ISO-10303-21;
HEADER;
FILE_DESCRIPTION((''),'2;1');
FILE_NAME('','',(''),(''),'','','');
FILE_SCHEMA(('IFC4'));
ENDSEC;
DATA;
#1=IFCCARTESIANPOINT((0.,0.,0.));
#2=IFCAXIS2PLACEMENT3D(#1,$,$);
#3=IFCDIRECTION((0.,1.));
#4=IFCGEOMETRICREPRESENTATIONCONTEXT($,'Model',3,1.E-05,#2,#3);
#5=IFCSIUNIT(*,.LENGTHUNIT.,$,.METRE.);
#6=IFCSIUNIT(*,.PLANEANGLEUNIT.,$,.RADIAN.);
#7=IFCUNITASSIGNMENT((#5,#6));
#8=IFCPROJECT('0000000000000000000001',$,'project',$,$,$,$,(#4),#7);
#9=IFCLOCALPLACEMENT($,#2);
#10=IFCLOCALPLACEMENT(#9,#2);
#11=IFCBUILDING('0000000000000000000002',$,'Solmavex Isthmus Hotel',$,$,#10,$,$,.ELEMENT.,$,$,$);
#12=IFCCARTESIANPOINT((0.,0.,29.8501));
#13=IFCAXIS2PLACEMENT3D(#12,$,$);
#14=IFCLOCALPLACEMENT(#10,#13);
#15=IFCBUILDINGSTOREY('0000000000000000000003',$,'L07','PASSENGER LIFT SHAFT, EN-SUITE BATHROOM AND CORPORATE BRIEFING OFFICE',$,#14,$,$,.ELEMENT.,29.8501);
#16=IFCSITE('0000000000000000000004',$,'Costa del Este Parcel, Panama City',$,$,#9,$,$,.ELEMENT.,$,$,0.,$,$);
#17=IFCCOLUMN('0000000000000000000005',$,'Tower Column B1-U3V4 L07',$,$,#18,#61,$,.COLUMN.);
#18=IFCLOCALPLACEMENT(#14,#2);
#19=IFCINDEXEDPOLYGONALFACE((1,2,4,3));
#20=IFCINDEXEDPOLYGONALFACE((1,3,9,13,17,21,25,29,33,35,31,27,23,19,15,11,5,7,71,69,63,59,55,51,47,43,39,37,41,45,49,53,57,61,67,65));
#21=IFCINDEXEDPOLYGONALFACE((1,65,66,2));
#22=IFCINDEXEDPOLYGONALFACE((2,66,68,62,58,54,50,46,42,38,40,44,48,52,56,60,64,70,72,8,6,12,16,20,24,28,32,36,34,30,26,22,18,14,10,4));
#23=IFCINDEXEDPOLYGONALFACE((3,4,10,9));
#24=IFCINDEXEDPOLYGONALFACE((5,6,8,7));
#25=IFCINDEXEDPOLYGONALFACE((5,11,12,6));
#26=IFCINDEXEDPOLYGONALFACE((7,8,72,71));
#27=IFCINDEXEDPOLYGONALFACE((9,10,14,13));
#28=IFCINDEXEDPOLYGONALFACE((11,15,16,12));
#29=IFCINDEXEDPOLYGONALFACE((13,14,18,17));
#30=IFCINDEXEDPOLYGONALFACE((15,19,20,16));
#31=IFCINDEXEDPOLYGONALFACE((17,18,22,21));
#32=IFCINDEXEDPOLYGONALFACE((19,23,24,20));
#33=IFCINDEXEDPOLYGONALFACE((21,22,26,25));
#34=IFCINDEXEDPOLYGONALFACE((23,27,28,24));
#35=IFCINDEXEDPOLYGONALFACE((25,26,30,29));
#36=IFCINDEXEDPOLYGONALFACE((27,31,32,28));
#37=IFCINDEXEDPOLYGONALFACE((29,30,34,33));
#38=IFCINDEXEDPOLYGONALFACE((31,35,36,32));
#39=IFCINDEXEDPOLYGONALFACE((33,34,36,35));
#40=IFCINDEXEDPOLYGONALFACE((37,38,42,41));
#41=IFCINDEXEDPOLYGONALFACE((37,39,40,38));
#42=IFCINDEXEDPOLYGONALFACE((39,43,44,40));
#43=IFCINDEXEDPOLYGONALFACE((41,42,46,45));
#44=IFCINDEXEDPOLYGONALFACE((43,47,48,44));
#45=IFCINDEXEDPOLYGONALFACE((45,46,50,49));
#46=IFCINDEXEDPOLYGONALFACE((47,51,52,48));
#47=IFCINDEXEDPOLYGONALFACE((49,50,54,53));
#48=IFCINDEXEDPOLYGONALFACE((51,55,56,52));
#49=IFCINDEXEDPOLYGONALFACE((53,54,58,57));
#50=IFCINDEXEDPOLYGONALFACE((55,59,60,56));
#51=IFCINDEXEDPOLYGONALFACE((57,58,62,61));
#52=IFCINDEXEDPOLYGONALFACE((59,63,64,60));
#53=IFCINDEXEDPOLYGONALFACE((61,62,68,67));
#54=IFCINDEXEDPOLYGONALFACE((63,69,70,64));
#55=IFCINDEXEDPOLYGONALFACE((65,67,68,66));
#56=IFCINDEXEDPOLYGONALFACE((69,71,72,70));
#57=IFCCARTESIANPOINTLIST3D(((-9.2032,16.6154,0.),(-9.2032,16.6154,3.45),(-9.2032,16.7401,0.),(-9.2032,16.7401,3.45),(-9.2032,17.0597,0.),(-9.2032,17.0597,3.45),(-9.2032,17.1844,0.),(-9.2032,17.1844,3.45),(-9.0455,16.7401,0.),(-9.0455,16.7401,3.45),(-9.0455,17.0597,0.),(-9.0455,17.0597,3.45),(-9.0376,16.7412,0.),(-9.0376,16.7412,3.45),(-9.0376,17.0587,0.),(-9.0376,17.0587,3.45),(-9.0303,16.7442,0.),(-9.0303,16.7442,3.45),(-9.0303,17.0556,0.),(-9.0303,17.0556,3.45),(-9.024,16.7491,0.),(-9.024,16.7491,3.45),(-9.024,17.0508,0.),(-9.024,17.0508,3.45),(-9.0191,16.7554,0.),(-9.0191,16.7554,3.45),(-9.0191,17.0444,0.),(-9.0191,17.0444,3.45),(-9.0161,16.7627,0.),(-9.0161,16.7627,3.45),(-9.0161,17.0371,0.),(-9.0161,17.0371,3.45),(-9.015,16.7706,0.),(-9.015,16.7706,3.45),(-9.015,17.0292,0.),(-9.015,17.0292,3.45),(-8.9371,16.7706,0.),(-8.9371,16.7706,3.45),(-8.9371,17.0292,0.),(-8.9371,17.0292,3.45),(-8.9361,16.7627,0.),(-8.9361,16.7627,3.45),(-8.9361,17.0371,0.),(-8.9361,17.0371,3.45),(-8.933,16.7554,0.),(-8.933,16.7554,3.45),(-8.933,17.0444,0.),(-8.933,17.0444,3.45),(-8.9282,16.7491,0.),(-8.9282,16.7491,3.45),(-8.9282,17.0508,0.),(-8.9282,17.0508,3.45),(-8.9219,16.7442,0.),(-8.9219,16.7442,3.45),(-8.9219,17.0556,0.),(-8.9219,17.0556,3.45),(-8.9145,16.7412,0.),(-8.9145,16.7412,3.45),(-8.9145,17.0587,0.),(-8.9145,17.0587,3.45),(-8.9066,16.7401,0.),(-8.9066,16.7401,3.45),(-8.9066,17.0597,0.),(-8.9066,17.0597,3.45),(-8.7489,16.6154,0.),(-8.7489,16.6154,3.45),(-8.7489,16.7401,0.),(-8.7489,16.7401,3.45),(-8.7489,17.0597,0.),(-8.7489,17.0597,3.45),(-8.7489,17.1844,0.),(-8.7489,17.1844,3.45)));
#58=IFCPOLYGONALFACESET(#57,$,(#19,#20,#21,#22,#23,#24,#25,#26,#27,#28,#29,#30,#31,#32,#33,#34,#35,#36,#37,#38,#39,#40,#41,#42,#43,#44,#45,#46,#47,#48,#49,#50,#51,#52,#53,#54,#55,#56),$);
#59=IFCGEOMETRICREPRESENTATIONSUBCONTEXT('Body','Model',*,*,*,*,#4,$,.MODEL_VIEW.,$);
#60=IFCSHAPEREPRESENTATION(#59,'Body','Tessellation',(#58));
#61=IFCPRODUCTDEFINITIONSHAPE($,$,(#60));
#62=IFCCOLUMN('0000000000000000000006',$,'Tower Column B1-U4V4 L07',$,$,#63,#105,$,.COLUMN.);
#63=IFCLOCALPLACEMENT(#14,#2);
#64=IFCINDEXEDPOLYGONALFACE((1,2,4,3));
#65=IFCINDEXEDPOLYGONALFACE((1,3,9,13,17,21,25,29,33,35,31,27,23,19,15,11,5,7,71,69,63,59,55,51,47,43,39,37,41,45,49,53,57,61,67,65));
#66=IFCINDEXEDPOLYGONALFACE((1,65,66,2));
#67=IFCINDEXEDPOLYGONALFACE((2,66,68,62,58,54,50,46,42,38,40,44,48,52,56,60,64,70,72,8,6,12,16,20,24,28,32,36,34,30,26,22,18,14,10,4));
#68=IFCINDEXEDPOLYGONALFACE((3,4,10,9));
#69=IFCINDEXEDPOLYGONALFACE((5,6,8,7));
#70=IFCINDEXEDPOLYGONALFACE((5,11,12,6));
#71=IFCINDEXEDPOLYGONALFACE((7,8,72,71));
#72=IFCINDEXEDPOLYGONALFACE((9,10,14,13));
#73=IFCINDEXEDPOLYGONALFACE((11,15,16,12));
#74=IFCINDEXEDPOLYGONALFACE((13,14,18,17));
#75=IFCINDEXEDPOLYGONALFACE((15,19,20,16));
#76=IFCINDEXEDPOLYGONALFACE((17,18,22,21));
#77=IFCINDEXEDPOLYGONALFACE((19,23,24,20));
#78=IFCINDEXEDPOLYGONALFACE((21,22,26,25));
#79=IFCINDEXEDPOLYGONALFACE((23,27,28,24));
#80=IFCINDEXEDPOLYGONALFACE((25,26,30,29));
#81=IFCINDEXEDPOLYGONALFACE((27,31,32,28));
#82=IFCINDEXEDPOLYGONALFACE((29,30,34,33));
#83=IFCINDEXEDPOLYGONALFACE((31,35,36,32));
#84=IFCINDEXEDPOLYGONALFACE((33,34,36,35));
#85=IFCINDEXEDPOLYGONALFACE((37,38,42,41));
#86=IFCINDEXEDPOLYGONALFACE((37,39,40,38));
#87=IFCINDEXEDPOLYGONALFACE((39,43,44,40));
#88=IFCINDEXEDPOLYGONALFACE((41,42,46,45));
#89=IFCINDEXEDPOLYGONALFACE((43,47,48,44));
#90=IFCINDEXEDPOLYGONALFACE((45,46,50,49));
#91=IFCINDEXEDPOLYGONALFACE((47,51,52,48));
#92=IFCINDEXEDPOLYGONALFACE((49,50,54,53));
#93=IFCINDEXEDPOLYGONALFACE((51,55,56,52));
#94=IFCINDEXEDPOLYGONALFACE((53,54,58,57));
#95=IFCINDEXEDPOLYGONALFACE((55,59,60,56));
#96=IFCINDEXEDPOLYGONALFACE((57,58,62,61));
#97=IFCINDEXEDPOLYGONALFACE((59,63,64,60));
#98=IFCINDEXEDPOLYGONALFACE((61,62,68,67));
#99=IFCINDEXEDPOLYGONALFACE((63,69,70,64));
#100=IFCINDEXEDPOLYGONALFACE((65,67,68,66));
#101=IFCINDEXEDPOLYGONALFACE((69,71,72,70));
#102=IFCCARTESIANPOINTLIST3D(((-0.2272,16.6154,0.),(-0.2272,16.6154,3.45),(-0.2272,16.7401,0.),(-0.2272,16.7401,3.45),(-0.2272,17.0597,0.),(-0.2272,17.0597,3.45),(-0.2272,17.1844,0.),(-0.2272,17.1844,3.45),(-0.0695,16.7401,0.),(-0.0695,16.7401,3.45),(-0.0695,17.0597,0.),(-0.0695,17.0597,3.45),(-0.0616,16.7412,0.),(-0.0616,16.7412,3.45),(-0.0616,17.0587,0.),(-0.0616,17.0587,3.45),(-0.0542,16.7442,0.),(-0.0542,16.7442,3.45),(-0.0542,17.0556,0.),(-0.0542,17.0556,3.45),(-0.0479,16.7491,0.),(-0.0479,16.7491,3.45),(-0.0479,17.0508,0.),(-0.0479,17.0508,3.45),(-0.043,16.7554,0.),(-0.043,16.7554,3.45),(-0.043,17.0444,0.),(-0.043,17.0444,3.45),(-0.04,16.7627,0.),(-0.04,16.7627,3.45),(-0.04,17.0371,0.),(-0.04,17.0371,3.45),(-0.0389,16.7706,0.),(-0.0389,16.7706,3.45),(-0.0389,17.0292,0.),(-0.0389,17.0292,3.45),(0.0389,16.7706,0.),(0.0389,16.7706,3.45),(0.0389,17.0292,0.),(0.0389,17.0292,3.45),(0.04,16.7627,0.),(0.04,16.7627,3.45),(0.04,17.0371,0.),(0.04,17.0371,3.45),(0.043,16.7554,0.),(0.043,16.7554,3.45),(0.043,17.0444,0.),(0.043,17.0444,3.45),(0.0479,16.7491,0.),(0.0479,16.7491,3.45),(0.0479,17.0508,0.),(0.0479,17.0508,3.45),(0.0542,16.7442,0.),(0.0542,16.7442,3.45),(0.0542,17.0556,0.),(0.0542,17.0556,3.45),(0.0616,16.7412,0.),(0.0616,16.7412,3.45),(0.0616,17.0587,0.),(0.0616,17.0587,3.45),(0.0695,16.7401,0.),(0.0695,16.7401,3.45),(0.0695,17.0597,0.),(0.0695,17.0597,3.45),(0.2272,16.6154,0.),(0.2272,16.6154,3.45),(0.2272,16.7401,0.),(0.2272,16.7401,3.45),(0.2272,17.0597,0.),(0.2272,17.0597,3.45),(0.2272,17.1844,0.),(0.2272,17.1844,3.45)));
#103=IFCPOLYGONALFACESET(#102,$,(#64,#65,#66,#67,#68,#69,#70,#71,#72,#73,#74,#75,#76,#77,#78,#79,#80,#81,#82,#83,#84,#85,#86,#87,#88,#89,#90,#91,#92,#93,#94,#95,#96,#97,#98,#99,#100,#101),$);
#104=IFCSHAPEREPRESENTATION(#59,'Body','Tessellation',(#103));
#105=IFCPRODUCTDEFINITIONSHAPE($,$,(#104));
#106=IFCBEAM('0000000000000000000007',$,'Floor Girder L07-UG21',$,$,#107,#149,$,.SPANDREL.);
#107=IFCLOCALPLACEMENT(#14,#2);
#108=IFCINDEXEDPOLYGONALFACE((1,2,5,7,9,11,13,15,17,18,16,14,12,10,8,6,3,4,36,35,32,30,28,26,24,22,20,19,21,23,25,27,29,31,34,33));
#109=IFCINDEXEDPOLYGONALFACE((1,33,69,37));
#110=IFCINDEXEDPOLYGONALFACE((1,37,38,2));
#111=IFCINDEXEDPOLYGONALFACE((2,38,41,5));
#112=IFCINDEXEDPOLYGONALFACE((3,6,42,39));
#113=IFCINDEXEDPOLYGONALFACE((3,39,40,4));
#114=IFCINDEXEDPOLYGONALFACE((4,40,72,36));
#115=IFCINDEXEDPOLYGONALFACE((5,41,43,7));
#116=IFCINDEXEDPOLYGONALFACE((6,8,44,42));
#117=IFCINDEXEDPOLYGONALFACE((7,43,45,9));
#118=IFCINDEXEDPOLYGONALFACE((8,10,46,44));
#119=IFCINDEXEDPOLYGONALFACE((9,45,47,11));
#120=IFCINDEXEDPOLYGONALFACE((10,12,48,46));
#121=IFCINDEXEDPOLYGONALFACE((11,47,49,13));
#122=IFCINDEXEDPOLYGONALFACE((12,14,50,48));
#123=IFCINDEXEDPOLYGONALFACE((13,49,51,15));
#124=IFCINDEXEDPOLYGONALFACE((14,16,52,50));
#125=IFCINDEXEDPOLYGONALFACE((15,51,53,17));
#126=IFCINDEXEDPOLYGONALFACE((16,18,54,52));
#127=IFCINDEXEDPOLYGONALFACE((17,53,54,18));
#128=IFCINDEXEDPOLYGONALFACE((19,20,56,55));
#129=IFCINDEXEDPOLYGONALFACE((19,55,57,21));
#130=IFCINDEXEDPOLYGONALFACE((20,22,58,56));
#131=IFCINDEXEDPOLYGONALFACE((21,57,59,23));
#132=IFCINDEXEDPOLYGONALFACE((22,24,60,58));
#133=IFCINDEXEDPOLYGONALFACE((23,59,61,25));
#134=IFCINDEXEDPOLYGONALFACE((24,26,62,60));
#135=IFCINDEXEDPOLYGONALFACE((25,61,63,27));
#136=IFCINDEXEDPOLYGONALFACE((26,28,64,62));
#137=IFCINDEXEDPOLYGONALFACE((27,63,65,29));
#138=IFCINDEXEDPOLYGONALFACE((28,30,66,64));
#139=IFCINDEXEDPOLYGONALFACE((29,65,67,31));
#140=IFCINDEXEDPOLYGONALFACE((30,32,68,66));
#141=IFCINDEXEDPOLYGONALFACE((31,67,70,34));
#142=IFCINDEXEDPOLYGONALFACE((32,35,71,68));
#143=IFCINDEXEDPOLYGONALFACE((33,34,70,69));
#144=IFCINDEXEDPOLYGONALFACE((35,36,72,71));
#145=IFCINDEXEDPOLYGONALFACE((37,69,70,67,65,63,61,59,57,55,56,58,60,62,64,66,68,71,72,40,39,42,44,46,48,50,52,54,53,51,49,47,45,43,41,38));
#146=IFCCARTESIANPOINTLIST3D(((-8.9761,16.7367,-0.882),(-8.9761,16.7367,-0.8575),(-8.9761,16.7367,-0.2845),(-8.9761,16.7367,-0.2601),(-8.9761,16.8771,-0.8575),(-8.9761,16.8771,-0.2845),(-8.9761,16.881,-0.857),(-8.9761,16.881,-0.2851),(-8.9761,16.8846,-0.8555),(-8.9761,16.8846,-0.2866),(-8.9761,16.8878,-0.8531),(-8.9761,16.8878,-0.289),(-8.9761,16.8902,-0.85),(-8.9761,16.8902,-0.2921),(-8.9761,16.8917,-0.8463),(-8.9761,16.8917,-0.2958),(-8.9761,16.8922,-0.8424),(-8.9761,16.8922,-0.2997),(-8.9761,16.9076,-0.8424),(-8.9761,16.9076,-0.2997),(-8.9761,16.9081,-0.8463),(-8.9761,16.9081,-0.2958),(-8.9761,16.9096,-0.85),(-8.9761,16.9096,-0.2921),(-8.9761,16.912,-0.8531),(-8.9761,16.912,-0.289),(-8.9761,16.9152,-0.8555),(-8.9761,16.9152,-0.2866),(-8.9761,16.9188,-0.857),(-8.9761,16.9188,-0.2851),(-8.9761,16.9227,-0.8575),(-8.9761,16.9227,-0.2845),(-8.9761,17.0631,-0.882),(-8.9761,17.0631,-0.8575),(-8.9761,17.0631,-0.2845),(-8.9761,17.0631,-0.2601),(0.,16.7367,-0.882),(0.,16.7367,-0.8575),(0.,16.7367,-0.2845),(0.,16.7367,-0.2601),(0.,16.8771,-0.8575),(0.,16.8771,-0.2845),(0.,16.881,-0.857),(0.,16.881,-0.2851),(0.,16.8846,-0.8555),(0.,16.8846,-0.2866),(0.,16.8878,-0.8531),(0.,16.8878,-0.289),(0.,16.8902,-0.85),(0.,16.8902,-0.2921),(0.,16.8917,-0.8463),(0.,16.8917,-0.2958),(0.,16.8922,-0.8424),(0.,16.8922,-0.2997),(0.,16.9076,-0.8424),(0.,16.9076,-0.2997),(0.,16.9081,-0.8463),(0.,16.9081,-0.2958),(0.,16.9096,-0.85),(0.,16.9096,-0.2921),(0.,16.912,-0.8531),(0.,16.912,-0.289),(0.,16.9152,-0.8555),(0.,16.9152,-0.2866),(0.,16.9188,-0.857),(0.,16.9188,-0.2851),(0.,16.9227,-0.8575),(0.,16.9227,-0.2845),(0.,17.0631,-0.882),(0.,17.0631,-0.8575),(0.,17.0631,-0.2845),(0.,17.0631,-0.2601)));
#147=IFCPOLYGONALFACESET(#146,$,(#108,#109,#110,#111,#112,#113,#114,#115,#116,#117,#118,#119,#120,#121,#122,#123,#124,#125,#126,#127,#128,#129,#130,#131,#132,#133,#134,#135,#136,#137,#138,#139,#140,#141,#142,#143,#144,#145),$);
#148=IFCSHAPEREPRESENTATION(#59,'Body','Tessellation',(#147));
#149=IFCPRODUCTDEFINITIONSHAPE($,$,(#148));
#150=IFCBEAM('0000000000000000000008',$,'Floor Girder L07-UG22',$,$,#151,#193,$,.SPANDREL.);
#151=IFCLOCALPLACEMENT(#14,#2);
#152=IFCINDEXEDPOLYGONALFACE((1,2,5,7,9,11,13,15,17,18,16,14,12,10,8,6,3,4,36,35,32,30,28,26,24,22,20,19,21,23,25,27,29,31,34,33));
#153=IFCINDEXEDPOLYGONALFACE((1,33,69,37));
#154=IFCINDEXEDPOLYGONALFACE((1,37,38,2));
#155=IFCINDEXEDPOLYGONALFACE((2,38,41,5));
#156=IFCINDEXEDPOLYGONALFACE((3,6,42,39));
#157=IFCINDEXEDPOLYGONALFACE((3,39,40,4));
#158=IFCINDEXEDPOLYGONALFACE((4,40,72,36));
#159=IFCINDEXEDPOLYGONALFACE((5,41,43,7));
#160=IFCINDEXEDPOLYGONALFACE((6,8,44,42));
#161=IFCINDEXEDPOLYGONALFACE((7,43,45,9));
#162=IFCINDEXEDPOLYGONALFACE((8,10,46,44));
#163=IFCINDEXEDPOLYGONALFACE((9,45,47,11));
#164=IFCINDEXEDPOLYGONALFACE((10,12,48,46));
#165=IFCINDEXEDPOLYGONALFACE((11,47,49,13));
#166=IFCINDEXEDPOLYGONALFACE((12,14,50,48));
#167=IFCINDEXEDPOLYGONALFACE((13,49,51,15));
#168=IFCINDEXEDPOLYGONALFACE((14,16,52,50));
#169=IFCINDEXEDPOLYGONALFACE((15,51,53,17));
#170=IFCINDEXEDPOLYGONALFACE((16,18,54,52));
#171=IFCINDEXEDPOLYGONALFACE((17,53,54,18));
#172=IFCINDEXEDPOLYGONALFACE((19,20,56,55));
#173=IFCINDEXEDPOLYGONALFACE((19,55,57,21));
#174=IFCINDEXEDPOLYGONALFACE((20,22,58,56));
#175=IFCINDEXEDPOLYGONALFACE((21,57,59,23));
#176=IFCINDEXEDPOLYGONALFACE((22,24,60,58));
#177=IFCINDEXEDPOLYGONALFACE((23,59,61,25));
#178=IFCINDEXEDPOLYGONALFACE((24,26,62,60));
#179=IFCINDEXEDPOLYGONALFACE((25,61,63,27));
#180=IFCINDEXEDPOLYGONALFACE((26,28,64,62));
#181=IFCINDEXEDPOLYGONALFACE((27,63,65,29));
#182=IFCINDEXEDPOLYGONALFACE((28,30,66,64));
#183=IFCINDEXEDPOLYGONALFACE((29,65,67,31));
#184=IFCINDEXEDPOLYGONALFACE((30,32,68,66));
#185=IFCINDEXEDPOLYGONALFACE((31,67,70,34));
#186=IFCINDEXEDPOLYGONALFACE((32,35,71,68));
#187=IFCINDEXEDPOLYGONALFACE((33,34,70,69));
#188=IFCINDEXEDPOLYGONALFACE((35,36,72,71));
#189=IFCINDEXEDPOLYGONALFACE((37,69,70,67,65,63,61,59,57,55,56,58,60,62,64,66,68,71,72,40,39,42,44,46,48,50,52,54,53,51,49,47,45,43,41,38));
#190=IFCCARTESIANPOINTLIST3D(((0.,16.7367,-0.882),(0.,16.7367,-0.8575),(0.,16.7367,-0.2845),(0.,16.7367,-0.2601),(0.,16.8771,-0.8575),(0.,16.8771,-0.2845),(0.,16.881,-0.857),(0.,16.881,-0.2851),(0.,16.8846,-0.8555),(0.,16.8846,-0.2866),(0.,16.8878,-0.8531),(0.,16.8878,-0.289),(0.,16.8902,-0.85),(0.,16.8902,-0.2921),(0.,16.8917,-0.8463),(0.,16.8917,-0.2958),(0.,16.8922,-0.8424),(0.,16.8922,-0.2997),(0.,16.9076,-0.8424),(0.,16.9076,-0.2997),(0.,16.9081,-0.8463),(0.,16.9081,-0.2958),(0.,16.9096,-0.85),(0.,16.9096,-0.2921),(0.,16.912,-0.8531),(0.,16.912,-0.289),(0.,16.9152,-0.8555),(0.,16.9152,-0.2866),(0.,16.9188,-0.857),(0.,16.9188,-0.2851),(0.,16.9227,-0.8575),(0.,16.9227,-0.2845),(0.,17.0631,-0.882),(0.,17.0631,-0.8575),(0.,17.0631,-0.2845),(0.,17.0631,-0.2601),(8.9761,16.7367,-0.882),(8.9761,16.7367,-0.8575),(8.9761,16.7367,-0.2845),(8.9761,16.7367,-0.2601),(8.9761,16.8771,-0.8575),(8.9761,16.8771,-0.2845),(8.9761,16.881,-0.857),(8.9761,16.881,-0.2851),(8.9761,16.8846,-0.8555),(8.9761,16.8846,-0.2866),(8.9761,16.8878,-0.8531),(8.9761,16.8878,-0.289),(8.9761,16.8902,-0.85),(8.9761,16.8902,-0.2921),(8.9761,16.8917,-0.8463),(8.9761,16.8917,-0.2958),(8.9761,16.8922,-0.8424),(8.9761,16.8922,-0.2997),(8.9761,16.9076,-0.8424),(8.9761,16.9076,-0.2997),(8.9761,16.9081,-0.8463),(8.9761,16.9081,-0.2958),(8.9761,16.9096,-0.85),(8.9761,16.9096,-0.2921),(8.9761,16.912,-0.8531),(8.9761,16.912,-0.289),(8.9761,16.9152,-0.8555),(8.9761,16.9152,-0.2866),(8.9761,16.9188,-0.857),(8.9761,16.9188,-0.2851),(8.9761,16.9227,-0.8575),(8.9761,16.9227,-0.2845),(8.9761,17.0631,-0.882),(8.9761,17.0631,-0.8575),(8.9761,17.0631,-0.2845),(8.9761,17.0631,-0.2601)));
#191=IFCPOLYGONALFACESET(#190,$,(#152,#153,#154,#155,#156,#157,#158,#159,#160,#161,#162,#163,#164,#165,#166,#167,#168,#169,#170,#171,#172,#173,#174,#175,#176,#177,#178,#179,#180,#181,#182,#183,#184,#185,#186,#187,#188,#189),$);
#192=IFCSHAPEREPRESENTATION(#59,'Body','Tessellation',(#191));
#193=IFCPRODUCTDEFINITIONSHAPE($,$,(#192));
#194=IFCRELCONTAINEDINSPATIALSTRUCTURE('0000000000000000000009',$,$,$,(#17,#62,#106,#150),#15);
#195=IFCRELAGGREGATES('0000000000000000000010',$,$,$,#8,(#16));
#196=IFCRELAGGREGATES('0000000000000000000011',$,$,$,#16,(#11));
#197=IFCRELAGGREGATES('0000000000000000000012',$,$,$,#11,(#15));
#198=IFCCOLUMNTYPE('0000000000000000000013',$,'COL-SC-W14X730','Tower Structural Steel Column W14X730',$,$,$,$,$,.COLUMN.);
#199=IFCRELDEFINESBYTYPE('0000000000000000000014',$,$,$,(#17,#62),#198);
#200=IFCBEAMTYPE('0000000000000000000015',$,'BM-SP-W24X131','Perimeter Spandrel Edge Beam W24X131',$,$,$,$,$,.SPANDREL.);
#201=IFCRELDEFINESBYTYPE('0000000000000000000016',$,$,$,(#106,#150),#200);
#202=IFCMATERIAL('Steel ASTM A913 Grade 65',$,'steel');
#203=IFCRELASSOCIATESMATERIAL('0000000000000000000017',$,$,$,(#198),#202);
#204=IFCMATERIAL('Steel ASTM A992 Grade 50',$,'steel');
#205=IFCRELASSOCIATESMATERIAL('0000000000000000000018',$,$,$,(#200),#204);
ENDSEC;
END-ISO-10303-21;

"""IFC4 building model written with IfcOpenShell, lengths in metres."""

from ifc_helpers import new_model, si_unit, direction, frame, origin, origin_2d, place, context, subcontext, project, spatial, i_section, extrude, material, material_profile, profile_set, type_object, element, save


model = new_model("IFC4")

# Units and contexts
model_context = context("Model", 3, precision=1e-05, world=origin(), true_north=direction((0.0, 1.0)))
body_context = subcontext(model_context, "Body", "Model", "MODEL_VIEW")
ifc_project = project(units=[si_unit("LENGTHUNIT", "METRE"), si_unit("PLANEANGLEUNIT", "RADIAN")], contexts=[model_context])

# Site, building, storey
site_placement = place(None, origin())
site = spatial("IfcSite", under=ifc_project, at=site_placement, Name="Costa del Este Parcel, Panama City", CompositionType="ELEMENT", RefElevation=0.0)
building_placement = place(site_placement, origin())
building = spatial("IfcBuilding", under=site, at=building_placement, Name="Solmavex Isthmus Hotel", CompositionType="ELEMENT")
storey_placement = place(building_placement, frame((0.0, 0.0, 29.8501)))
storey = spatial("IfcBuildingStorey", under=building, at=storey_placement, Name="L07", Description="PASSENGER LIFT SHAFT, EN-SUITE BATHROOM AND CORPORATE BRIEFING OFFICE", CompositionType="ELEMENT", Elevation=29.8501)

# Columns
ifc_material_1 = material(Name="Steel ASTM A913 Grade 65", Category="steel")
ifc_material_profile_1 = material_profile(ifc_material_1, i_section(OverallWidth=0.4543, OverallDepth=0.5691, WebThickness=0.0779, FlangeThickness=0.1248, FilletRadius=0.0305, at=origin_2d()), Name="W14X730")
ifc_profile_set_1 = profile_set([ifc_material_profile_1], Name="Steel ASTM A913 Grade 65")
column_type = type_object("IfcColumnType", Name="COL-SC-W14X730", Description="Tower Structural Steel Column W14X730", PredefinedType="COLUMN", material=ifc_profile_set_1)
for number, where, z_axis, x_axis, name in (
    (1, (-8.9761, 16.8999, 0.0), (0.0, 0.0, 1.0), (1.0, 0.0, 0.0), "Tower Column B1-U3V4 L07"),
    (2, (0.0, 16.8999, 0.0), (0.0, 0.0, 1.0), (1.0, 0.0, 0.0), "Tower Column B1-U4V4 L07"),
):
    element("IfcColumn", number, at=place(storey_placement, frame(where, z_axis=z_axis, x_axis=x_axis)), inside=storey, type_object=column_type, Name=name, PredefinedType="COLUMN", context=body_context, shape_type="SweptSolid", body=[
        extrude(i_section(OverallWidth=0.4543, OverallDepth=0.5691, WebThickness=0.0779, FlangeThickness=0.1248, FilletRadius=0.0305, at=origin_2d()), origin(), (0.0, 0.0, 1.0), 3.45),
    ])

# Beams
ifc_material_2 = material(Name="Steel ASTM A992 Grade 50", Category="steel")
ifc_material_profile_2 = material_profile(ifc_material_2, i_section(OverallWidth=0.3264, OverallDepth=0.6218, WebThickness=0.0154, FlangeThickness=0.0244, FilletRadius=0.0151, at=origin_2d()), Name="W24X131")
ifc_profile_set_2 = profile_set([ifc_material_profile_2], Name="Steel ASTM A992 Grade 50")
beam_type = type_object("IfcBeamType", Name="BM-SP-W24X131", Description="Perimeter Spandrel Edge Beam W24X131", PredefinedType="SPANDREL", material=ifc_profile_set_2)
for number, where, z_axis, x_axis, name in (
    (3, (-8.9761, 16.8999, -0.571), (1.0, 0.0, 0.0), (0.0, 1.0, 0.0), "Floor Girder L07-UG21"),
    (4, (0.0, 16.8999, -0.571), (1.0, 0.0, 0.0), (0.0, 1.0, 0.0), "Floor Girder L07-UG22"),
):
    element("IfcBeam", number, at=place(storey_placement, frame(where, z_axis=z_axis, x_axis=x_axis)), inside=storey, type_object=beam_type, Name=name, PredefinedType="SPANDREL", context=body_context, shape_type="SweptSolid", body=[
        extrude(i_section(OverallWidth=0.3264, OverallDepth=0.6218, WebThickness=0.0154, FlangeThickness=0.0244, FilletRadius=0.0151, at=origin_2d()), origin(), (0.0, 0.0, 1.0), 8.9761),
    ])

save(model, "model.ifc")
